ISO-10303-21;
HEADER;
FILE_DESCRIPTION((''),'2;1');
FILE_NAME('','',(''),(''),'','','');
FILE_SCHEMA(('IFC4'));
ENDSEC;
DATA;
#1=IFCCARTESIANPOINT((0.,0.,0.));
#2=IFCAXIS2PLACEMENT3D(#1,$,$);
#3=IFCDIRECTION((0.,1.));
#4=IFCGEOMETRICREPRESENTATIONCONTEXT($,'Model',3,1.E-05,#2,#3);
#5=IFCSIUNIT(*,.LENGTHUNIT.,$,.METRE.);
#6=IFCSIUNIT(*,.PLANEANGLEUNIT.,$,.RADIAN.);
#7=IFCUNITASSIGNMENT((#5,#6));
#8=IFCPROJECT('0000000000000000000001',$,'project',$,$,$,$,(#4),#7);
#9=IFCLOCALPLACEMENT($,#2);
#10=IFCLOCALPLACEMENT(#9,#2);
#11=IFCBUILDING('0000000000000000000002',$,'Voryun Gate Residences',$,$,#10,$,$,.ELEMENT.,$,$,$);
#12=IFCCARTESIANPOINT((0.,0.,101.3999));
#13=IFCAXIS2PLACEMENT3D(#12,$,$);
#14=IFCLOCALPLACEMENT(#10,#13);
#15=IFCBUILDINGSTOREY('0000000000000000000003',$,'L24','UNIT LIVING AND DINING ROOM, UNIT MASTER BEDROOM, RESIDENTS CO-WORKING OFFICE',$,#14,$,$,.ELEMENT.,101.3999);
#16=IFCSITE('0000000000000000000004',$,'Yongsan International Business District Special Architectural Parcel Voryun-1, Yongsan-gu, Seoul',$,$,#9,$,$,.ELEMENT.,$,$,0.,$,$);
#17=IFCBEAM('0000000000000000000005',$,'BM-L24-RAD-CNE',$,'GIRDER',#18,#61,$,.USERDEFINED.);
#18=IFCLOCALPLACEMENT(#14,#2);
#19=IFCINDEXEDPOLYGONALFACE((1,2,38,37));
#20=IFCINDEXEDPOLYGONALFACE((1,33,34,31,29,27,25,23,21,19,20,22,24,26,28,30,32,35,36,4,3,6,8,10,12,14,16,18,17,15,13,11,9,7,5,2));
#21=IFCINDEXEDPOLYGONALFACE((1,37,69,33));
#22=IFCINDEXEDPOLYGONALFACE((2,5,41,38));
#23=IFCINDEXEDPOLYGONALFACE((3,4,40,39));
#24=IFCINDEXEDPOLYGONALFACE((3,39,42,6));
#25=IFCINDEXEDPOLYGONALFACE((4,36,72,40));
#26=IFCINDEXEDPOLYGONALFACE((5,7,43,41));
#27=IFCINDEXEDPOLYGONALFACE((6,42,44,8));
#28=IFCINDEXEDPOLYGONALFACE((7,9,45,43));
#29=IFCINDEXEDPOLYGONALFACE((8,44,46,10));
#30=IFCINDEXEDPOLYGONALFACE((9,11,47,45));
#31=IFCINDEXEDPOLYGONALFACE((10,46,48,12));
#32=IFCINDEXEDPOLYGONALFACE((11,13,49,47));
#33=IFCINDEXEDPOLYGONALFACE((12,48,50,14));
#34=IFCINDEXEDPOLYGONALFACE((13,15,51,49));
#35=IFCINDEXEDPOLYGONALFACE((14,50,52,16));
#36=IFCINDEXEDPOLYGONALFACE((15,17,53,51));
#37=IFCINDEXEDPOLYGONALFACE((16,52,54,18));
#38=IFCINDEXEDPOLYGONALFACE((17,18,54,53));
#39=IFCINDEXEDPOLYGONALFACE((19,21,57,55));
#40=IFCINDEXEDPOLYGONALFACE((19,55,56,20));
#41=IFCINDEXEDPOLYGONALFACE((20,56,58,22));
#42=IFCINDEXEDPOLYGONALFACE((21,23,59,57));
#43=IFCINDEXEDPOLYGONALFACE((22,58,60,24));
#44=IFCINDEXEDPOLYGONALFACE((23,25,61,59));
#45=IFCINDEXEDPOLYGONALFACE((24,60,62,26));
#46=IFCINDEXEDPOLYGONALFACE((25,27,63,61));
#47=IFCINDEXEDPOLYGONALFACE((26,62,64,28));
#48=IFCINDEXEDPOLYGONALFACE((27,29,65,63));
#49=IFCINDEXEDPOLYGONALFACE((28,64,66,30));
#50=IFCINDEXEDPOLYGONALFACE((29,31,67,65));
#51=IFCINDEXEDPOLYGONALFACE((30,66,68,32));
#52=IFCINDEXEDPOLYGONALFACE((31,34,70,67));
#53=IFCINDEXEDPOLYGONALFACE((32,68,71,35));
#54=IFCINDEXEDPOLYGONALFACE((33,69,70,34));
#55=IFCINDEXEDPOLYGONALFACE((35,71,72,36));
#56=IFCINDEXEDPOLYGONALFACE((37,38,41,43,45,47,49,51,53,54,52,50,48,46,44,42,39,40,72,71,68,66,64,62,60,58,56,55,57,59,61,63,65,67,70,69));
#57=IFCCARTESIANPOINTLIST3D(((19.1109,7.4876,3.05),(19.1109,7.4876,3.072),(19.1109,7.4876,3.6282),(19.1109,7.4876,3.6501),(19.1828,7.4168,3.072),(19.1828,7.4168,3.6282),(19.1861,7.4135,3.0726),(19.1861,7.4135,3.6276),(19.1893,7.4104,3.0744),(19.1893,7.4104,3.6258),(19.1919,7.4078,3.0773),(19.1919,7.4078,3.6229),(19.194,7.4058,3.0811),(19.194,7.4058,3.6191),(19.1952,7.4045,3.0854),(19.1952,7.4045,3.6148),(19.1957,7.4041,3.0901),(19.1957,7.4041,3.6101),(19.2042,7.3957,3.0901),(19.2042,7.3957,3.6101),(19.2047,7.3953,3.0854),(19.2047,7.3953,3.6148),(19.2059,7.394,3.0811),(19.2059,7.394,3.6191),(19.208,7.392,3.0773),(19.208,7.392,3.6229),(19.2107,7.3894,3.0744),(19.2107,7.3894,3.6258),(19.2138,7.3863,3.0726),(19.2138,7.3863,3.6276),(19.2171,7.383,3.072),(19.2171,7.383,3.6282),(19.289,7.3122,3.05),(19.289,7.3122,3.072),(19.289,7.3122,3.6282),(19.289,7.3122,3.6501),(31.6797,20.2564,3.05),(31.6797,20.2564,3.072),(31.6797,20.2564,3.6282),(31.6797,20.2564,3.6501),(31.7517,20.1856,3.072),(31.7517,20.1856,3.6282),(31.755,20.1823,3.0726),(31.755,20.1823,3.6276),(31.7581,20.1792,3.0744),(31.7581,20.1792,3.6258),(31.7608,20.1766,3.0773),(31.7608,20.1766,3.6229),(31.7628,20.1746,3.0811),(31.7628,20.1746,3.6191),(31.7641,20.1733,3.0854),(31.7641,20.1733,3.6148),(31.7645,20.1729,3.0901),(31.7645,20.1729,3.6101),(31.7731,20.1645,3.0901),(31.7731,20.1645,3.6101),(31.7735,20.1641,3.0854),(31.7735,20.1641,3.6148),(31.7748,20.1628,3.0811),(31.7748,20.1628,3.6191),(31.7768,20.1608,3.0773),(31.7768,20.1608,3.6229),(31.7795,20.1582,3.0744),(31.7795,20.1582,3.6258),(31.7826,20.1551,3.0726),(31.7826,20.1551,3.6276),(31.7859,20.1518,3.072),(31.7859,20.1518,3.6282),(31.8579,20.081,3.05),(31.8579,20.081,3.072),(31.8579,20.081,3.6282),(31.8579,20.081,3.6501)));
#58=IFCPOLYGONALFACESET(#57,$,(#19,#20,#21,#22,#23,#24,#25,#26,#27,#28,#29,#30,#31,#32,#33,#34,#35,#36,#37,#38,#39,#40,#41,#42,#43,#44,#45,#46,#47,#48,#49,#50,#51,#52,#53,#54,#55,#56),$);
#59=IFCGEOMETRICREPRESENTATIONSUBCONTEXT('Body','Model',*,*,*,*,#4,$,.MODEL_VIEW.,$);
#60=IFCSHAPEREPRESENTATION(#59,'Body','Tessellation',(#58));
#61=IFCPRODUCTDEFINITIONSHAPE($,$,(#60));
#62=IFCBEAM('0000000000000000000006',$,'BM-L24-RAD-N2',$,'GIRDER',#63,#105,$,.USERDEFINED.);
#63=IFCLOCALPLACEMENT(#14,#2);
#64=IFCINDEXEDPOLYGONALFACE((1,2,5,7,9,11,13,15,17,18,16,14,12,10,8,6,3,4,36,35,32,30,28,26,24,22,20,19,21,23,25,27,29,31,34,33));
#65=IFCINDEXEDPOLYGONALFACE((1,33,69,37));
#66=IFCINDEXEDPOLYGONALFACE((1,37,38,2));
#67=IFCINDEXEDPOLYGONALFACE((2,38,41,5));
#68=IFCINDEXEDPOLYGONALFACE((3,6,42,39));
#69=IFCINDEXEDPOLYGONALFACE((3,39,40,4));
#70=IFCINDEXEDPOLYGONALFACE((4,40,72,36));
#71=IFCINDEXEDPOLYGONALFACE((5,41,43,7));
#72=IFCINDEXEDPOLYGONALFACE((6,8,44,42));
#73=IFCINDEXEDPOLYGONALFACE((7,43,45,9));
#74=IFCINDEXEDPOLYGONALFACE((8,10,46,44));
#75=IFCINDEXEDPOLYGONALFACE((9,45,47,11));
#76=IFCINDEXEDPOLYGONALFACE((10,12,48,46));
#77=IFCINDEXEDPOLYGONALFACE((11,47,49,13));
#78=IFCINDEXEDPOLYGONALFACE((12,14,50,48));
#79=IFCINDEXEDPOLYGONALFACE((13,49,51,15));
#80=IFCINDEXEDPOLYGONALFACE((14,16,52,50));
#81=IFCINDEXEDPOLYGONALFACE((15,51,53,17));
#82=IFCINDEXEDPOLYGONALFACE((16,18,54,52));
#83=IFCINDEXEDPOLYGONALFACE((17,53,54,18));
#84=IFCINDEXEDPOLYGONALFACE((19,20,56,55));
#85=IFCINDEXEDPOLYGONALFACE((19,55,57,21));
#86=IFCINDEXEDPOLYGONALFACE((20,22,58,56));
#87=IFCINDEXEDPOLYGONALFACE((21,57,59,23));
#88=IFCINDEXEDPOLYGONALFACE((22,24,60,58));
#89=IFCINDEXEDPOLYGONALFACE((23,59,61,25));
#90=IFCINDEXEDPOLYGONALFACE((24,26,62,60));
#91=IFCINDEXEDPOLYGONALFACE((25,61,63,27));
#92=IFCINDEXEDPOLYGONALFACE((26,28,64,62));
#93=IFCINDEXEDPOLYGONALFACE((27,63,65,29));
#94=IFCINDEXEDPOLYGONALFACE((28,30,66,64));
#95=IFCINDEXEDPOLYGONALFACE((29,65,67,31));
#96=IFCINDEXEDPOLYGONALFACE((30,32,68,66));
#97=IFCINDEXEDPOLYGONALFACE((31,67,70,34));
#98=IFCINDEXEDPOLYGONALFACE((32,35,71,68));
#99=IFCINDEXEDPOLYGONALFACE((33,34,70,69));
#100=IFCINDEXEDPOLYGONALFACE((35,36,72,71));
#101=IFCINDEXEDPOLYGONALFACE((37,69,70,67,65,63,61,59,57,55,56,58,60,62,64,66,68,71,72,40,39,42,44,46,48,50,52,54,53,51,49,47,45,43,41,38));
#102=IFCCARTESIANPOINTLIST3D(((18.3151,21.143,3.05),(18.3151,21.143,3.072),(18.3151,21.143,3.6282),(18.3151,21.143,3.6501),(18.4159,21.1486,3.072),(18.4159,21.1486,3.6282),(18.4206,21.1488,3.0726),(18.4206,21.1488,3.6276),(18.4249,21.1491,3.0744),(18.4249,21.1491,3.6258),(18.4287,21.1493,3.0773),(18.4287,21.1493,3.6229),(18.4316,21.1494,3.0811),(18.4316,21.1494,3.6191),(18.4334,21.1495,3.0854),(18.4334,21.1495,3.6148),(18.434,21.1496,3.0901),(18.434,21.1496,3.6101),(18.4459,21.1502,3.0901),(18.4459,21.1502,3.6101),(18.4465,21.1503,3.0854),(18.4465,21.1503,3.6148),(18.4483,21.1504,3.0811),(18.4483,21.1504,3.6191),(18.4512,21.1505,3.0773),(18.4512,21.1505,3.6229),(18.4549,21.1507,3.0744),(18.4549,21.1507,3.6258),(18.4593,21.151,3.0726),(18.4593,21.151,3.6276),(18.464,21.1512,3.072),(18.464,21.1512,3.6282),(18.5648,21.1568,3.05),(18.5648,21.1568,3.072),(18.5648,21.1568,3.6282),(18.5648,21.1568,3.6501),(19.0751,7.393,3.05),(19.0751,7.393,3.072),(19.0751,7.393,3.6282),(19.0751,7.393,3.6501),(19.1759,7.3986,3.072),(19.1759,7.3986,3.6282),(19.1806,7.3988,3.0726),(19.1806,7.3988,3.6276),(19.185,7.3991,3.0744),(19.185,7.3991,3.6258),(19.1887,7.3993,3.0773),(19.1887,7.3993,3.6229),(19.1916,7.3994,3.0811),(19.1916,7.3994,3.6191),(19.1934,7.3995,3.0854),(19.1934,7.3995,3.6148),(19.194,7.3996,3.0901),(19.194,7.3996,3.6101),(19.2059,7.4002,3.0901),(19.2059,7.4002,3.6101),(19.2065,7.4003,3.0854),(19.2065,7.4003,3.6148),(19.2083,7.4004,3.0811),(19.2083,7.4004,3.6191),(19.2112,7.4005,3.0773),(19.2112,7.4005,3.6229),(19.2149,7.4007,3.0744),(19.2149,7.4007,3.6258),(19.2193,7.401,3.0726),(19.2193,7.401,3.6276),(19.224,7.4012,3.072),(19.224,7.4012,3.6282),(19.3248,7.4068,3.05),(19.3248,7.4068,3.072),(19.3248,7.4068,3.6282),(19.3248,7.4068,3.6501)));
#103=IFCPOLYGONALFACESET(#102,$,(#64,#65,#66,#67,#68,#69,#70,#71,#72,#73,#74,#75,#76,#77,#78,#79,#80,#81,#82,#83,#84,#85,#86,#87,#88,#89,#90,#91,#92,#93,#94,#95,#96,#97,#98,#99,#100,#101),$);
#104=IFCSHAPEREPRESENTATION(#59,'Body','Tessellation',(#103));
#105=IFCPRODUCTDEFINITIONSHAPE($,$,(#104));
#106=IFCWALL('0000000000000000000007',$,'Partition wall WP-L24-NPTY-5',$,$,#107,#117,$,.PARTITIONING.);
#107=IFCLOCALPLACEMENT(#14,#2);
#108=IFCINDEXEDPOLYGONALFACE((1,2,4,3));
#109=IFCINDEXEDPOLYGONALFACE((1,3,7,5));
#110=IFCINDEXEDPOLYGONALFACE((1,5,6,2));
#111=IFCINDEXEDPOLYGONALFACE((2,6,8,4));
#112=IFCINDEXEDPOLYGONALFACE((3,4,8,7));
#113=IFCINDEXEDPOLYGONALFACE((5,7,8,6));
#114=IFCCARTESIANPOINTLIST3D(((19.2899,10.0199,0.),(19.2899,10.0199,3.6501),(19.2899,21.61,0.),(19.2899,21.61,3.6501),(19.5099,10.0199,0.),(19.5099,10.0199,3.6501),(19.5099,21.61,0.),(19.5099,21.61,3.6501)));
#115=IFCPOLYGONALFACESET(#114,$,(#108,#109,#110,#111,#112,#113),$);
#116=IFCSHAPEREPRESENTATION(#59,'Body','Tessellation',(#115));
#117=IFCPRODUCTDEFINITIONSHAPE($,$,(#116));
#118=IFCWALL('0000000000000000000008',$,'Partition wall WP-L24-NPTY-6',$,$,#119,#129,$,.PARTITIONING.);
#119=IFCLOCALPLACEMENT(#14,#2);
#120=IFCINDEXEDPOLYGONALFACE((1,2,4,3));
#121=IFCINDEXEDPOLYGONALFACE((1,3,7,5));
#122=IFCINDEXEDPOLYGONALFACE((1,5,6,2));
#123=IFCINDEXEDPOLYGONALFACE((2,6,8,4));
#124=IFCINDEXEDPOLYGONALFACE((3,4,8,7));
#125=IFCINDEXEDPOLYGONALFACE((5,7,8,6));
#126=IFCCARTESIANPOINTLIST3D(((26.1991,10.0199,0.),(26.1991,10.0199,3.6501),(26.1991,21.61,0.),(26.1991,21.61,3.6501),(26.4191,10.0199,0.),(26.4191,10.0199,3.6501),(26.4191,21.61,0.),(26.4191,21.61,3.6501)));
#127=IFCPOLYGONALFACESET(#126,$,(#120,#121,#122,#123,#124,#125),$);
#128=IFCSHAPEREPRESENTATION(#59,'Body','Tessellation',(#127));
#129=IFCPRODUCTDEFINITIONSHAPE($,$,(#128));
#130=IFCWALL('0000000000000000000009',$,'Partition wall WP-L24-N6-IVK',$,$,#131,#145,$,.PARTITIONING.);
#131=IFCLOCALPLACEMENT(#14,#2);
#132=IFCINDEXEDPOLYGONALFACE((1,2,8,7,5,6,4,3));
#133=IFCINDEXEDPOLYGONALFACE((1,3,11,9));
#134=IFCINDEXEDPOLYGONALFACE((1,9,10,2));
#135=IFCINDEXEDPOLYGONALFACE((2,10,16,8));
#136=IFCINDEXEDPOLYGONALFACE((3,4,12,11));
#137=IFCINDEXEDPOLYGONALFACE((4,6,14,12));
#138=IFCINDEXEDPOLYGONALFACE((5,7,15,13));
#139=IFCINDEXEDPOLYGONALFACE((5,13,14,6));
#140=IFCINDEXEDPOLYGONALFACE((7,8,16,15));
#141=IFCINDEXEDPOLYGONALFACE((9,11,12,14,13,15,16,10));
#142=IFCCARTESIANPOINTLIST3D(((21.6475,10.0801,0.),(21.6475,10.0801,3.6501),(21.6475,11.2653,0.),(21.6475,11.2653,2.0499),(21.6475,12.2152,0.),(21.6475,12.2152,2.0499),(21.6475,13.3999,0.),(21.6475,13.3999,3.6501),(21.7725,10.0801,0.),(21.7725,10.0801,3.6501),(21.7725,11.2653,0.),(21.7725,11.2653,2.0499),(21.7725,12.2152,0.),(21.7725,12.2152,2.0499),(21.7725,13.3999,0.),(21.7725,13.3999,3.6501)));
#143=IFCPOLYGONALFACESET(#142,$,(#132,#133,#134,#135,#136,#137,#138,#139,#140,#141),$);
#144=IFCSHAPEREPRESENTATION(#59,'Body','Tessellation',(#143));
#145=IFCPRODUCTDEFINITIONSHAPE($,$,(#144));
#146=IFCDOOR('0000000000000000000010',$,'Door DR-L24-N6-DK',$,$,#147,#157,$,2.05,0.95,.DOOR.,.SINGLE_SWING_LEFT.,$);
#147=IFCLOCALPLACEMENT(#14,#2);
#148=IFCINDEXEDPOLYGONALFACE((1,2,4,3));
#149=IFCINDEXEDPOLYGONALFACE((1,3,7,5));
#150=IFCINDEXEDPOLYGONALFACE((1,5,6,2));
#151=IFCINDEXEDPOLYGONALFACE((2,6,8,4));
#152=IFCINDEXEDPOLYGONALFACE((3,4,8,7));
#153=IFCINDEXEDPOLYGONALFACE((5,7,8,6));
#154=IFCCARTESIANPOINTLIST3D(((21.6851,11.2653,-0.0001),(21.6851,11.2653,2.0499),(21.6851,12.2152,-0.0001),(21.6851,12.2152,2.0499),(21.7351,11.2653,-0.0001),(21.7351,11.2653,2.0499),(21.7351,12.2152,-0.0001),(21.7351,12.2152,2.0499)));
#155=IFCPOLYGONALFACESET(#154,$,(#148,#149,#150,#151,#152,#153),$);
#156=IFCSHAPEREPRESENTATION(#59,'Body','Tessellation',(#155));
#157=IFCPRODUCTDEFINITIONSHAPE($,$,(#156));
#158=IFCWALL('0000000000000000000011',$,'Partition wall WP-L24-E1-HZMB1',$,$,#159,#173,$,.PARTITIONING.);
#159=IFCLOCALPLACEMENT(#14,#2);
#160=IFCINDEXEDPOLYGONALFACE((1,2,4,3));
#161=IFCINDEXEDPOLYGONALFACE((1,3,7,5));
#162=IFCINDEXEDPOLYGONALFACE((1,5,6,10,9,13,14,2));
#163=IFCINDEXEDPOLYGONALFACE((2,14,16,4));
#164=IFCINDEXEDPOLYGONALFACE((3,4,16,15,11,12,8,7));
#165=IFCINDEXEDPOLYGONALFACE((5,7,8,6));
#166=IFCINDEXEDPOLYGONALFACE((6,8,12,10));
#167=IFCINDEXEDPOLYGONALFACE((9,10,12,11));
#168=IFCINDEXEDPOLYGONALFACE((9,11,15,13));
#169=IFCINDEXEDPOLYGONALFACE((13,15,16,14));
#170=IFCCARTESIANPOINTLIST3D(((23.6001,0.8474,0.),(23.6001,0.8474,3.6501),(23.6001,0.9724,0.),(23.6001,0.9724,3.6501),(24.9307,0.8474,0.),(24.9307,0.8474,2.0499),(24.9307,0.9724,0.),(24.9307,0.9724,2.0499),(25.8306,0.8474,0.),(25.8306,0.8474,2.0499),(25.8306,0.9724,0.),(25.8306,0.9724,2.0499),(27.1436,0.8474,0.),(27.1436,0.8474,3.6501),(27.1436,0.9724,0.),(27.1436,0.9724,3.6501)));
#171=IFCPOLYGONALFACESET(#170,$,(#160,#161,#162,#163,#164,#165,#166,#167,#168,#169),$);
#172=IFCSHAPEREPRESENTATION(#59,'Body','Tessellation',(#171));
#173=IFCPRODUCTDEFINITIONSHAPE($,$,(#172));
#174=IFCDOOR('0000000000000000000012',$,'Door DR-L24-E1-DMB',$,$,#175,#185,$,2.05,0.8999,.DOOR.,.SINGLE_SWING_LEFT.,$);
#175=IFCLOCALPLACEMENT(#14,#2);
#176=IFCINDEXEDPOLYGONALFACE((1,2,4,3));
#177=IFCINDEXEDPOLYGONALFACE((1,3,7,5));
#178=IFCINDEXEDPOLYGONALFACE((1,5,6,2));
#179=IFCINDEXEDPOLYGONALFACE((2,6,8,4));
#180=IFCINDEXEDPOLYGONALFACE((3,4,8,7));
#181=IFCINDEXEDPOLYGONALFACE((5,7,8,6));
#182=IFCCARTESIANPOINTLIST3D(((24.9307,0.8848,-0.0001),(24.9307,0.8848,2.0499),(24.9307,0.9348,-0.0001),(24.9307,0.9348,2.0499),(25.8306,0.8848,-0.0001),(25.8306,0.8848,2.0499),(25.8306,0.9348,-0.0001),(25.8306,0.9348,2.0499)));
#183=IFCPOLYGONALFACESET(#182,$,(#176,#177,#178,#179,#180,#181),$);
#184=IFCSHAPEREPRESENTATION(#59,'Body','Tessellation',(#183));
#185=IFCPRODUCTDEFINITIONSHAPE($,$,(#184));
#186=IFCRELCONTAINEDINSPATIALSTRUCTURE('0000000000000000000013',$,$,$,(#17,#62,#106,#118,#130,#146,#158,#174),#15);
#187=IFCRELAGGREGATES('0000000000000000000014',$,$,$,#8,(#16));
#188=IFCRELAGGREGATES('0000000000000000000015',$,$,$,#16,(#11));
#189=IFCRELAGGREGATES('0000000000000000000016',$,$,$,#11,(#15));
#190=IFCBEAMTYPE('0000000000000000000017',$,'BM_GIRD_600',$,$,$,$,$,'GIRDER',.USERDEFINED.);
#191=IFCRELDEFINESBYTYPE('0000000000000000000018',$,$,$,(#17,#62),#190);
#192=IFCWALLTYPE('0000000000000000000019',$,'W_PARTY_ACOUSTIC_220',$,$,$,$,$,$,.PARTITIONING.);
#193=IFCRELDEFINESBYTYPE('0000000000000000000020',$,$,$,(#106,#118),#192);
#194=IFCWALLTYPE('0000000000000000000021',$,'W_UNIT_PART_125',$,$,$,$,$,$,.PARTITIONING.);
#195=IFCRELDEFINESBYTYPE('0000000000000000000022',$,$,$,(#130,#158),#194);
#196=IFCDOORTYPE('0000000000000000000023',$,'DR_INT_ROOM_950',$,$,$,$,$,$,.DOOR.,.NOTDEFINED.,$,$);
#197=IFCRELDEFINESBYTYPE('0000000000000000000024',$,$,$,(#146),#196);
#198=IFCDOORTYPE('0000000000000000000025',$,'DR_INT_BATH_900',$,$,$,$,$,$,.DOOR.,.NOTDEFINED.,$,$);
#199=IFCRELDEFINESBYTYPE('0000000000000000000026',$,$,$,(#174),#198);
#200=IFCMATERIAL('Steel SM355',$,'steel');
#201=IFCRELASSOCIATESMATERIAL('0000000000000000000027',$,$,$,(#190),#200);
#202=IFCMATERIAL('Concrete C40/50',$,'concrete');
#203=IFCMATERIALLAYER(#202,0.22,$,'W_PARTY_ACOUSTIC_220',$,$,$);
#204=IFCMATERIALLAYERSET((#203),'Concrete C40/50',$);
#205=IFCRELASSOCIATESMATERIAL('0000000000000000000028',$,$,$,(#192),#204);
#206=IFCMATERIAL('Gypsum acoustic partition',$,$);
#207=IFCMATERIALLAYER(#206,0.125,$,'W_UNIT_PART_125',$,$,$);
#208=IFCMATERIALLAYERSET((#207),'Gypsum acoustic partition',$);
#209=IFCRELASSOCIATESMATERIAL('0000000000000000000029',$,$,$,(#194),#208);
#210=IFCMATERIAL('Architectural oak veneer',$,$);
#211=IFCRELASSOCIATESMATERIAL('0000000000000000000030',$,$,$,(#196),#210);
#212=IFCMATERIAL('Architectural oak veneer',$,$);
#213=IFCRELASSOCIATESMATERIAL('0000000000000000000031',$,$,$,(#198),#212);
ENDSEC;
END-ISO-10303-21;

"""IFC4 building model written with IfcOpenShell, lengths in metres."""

from ifc_helpers import new_model, si_unit, direction, frame, frame_2d, origin, origin_2d, place, context, subcontext, project, spatial, rectangle, i_section, extrude, material, layer, layer_set, material_profile, profile_set, type_object, element, fill, save


model = new_model("IFC4")

# Units and contexts
model_context = context("Model", 3, precision=1e-05, world=origin(), true_north=direction((0.0, 1.0)))
body_context = subcontext(model_context, "Body", "Model", "MODEL_VIEW")
ifc_project = project(units=[si_unit("LENGTHUNIT", "METRE"), si_unit("PLANEANGLEUNIT", "RADIAN")], contexts=[model_context])

# Site, building, storey
site_placement = place(None, origin())
site = spatial("IfcSite", under=ifc_project, at=site_placement, Name="Yongsan International Business District Special Architectural Parcel Voryun-1, Yongsan-gu, Seoul", CompositionType="ELEMENT", RefElevation=0.0)
building_placement = place(site_placement, origin())
building = spatial("IfcBuilding", under=site, at=building_placement, Name="Voryun Gate Residences", CompositionType="ELEMENT")
storey_placement = place(building_placement, frame((0.0, 0.0, 101.3999)))
storey = spatial("IfcBuildingStorey", under=building, at=storey_placement, Name="L24", Description="UNIT LIVING AND DINING ROOM, UNIT MASTER BEDROOM, RESIDENTS CO-WORKING OFFICE", CompositionType="ELEMENT", Elevation=101.3999)

# Beams
ifc_material_1 = material(Name="Steel SM355", Category="steel")
ifc_material_profile_1 = material_profile(ifc_material_1, i_section(OverallWidth=0.25, OverallDepth=0.6001, WebThickness=0.012, FlangeThickness=0.022, FilletRadius=0.0181, at=origin_2d()), Name="H-600x250x12x22")
ifc_profile_set_1 = profile_set([ifc_material_profile_1], Name="Steel SM355")
beam_type_1 = type_object("IfcBeamType", Name="BM_GIRD_600", ElementType="GIRDER", PredefinedType="USERDEFINED", material=ifc_profile_set_1)
beam_1_placement = place(storey_placement, frame((19.2, 7.3999, 3.3501), z_axis=(0.701505, 0.712665, 0.0), x_axis=(-0.712665, 0.701505, 0.0)))
element("IfcBeam", 1, at=beam_1_placement, inside=storey, type_object=beam_type_1, Name="BM-L24-RAD-CNE", ObjectType="GIRDER", PredefinedType="USERDEFINED", context=body_context, shape_type="SweptSolid", body=[
    extrude(i_section(OverallWidth=0.25, OverallDepth=0.6001, WebThickness=0.012, FlangeThickness=0.022, FilletRadius=0.0181, at=origin_2d()), origin(), (0.0, 0.0, 1.0), 17.917),
])
beam_2_placement = place(storey_placement, frame((19.2, 7.3999, 3.3501), z_axis=(-0.055189, 0.998476, 0.0), x_axis=(-0.998476, -0.055189, 0.0)))
element("IfcBeam", 2, at=beam_2_placement, inside=storey, type_object=beam_type_1, Name="BM-L24-RAD-N2", ObjectType="GIRDER", PredefinedType="USERDEFINED", context=body_context, shape_type="SweptSolid", body=[
    extrude(i_section(OverallWidth=0.25, OverallDepth=0.6001, WebThickness=0.012, FlangeThickness=0.022, FilletRadius=0.0181, at=origin_2d()), origin(), (0.0, 0.0, 1.0), 13.771),
])

# Walls
ifc_material_2 = material(Name="Concrete C40/50", Category="concrete")
ifc_layer_1 = layer(ifc_material_2, 0.22, Name="W_PARTY_ACOUSTIC_220")
ifc_layer_set_1 = layer_set([ifc_layer_1], Name="Concrete C40/50")
wall_type_1 = type_object("IfcWallType", Name="W_PARTY_ACOUSTIC_220", PredefinedType="PARTITIONING", material=ifc_layer_set_1)
for number, where, z_axis, x_axis, name in (
    (3, (19.3999, 10.02, 0.0), (0.0, 0.0, 1.0), (0.0, 1.0, 0.0), "Partition wall WP-L24-NPTY-5"),
    (4, (26.3091, 10.02, 0.0), (0.0, 0.0, 1.0), (0.0, 1.0, 0.0), "Partition wall WP-L24-NPTY-6"),
):
    element("IfcWall", number, at=place(storey_placement, frame(where, z_axis=z_axis, x_axis=x_axis)), inside=storey, type_object=wall_type_1, Name=name, PredefinedType="PARTITIONING", context=body_context, shape_type="SweptSolid", body=[
        extrude(rectangle(XDim=11.5901, YDim=0.22, at=frame_2d((5.7949, 0.0))), origin(), (0.0, 0.0, 1.0), 3.6501),
    ])

# Walls, openings, doors
ifc_material_3 = material(Name="Gypsum acoustic partition")
ifc_layer_2 = layer(ifc_material_3, 0.125, Name="W_UNIT_PART_125")
ifc_layer_set_2 = layer_set([ifc_layer_2], Name="Gypsum acoustic partition")
wall_type_2 = type_object("IfcWallType", Name="W_UNIT_PART_125", PredefinedType="PARTITIONING", material=ifc_layer_set_2)
wall_1_placement = place(storey_placement, frame((21.71, 10.0801, 0.0), z_axis=(0.0, 0.0, 1.0), x_axis=(0.0, 1.0, 0.0)))
wall_1 = element("IfcWall", 5, at=wall_1_placement, inside=storey, type_object=wall_type_2, Name="Partition wall WP-L24-N6-IVK", PredefinedType="PARTITIONING", context=body_context, shape_type="SweptSolid", body=[
    extrude(rectangle(XDim=3.3198, YDim=0.125, at=frame_2d((1.6599, 0.0))), origin(), (0.0, 0.0, 1.0), 3.6501),
])
opening_1_placement = place(wall_1_placement, frame((1.1851, 0.0, 0.0)))
opening_1 = element("IfcOpeningElement", 6, at=opening_1_placement, cuts=wall_1, PredefinedType="OPENING", context=body_context, shape_type="SweptSolid", body=[
    extrude(rectangle(XDim=0.95, YDim=2.05, at=frame_2d((0.4751, 1.0249))), frame((0.0, 0.0725, 0.0), z_axis=(0.0, -1.0, 0.0), x_axis=(1.0, 0.0, 0.0)), (0.0, 0.0, 1.0), 0.145),
])
ifc_material_4 = material(Name="Architectural oak veneer")
door_type_1 = type_object("IfcDoorType", Name="DR_INT_ROOM_950", OperationType="NOTDEFINED", PredefinedType="DOOR", material=ifc_material_4)
door_1_placement = place(opening_1_placement, origin())
door_1 = element("IfcDoor", 7, at=door_1_placement, inside=storey, type_object=door_type_1, Name="Door DR-L24-N6-DK", OperationType="SINGLE_SWING_LEFT", OverallHeight=2.05, OverallWidth=0.95, PredefinedType="DOOR", context=body_context, shape_type="SweptSolid", body=[
    extrude(rectangle(XDim=0.95, YDim=2.05, at=frame_2d((0.4751, 1.0249))), frame((0.0, 0.0249, 0.0), z_axis=(0.0, -1.0, 0.0), x_axis=(1.0, 0.0, 0.0)), (0.0, 0.0, 1.0), 0.05),
])
fill(opening_1, door_1)
wall_2_placement = place(storey_placement, frame((23.6001, 0.9099, 0.0), z_axis=(0.0, 0.0, 1.0), x_axis=(1.0, 0.0, 0.0)))
wall_2 = element("IfcWall", 8, at=wall_2_placement, inside=storey, type_object=wall_type_2, Name="Partition wall WP-L24-E1-HZMB1", PredefinedType="PARTITIONING", context=body_context, shape_type="SweptSolid", body=[
    extrude(rectangle(XDim=3.5435, YDim=0.125, at=frame_2d((1.7717, 0.0))), origin(), (0.0, 0.0, 1.0), 3.6501),
])
opening_2_placement = place(wall_2_placement, frame((1.3306, 0.0, 0.0)))
opening_2 = element("IfcOpeningElement", 9, at=opening_2_placement, cuts=wall_2, PredefinedType="OPENING", context=body_context, shape_type="SweptSolid", body=[
    extrude(rectangle(XDim=0.8999, YDim=2.05, at=frame_2d((0.45, 1.0249))), frame((0.0, 0.0725, 0.0), z_axis=(0.0, -1.0, 0.0), x_axis=(1.0, 0.0, 0.0)), (0.0, 0.0, 1.0), 0.145),
])
ifc_material_5 = material(Name="Architectural oak veneer")
door_type_2 = type_object("IfcDoorType", Name="DR_INT_BATH_900", OperationType="NOTDEFINED", PredefinedType="DOOR", material=ifc_material_5)
door_2_placement = place(opening_2_placement, origin())
door_2 = element("IfcDoor", 10, at=door_2_placement, inside=storey, type_object=door_type_2, Name="Door DR-L24-E1-DMB", OperationType="SINGLE_SWING_LEFT", OverallHeight=2.05, OverallWidth=0.8999, PredefinedType="DOOR", context=body_context, shape_type="SweptSolid", body=[
    extrude(rectangle(XDim=0.8999, YDim=2.05, at=frame_2d((0.45, 1.0249))), frame((0.0, 0.0249, 0.0), z_axis=(0.0, -1.0, 0.0), x_axis=(1.0, 0.0, 0.0)), (0.0, 0.0, 1.0), 0.05),
])
fill(opening_2, door_2)

save(model, "model.ifc")
